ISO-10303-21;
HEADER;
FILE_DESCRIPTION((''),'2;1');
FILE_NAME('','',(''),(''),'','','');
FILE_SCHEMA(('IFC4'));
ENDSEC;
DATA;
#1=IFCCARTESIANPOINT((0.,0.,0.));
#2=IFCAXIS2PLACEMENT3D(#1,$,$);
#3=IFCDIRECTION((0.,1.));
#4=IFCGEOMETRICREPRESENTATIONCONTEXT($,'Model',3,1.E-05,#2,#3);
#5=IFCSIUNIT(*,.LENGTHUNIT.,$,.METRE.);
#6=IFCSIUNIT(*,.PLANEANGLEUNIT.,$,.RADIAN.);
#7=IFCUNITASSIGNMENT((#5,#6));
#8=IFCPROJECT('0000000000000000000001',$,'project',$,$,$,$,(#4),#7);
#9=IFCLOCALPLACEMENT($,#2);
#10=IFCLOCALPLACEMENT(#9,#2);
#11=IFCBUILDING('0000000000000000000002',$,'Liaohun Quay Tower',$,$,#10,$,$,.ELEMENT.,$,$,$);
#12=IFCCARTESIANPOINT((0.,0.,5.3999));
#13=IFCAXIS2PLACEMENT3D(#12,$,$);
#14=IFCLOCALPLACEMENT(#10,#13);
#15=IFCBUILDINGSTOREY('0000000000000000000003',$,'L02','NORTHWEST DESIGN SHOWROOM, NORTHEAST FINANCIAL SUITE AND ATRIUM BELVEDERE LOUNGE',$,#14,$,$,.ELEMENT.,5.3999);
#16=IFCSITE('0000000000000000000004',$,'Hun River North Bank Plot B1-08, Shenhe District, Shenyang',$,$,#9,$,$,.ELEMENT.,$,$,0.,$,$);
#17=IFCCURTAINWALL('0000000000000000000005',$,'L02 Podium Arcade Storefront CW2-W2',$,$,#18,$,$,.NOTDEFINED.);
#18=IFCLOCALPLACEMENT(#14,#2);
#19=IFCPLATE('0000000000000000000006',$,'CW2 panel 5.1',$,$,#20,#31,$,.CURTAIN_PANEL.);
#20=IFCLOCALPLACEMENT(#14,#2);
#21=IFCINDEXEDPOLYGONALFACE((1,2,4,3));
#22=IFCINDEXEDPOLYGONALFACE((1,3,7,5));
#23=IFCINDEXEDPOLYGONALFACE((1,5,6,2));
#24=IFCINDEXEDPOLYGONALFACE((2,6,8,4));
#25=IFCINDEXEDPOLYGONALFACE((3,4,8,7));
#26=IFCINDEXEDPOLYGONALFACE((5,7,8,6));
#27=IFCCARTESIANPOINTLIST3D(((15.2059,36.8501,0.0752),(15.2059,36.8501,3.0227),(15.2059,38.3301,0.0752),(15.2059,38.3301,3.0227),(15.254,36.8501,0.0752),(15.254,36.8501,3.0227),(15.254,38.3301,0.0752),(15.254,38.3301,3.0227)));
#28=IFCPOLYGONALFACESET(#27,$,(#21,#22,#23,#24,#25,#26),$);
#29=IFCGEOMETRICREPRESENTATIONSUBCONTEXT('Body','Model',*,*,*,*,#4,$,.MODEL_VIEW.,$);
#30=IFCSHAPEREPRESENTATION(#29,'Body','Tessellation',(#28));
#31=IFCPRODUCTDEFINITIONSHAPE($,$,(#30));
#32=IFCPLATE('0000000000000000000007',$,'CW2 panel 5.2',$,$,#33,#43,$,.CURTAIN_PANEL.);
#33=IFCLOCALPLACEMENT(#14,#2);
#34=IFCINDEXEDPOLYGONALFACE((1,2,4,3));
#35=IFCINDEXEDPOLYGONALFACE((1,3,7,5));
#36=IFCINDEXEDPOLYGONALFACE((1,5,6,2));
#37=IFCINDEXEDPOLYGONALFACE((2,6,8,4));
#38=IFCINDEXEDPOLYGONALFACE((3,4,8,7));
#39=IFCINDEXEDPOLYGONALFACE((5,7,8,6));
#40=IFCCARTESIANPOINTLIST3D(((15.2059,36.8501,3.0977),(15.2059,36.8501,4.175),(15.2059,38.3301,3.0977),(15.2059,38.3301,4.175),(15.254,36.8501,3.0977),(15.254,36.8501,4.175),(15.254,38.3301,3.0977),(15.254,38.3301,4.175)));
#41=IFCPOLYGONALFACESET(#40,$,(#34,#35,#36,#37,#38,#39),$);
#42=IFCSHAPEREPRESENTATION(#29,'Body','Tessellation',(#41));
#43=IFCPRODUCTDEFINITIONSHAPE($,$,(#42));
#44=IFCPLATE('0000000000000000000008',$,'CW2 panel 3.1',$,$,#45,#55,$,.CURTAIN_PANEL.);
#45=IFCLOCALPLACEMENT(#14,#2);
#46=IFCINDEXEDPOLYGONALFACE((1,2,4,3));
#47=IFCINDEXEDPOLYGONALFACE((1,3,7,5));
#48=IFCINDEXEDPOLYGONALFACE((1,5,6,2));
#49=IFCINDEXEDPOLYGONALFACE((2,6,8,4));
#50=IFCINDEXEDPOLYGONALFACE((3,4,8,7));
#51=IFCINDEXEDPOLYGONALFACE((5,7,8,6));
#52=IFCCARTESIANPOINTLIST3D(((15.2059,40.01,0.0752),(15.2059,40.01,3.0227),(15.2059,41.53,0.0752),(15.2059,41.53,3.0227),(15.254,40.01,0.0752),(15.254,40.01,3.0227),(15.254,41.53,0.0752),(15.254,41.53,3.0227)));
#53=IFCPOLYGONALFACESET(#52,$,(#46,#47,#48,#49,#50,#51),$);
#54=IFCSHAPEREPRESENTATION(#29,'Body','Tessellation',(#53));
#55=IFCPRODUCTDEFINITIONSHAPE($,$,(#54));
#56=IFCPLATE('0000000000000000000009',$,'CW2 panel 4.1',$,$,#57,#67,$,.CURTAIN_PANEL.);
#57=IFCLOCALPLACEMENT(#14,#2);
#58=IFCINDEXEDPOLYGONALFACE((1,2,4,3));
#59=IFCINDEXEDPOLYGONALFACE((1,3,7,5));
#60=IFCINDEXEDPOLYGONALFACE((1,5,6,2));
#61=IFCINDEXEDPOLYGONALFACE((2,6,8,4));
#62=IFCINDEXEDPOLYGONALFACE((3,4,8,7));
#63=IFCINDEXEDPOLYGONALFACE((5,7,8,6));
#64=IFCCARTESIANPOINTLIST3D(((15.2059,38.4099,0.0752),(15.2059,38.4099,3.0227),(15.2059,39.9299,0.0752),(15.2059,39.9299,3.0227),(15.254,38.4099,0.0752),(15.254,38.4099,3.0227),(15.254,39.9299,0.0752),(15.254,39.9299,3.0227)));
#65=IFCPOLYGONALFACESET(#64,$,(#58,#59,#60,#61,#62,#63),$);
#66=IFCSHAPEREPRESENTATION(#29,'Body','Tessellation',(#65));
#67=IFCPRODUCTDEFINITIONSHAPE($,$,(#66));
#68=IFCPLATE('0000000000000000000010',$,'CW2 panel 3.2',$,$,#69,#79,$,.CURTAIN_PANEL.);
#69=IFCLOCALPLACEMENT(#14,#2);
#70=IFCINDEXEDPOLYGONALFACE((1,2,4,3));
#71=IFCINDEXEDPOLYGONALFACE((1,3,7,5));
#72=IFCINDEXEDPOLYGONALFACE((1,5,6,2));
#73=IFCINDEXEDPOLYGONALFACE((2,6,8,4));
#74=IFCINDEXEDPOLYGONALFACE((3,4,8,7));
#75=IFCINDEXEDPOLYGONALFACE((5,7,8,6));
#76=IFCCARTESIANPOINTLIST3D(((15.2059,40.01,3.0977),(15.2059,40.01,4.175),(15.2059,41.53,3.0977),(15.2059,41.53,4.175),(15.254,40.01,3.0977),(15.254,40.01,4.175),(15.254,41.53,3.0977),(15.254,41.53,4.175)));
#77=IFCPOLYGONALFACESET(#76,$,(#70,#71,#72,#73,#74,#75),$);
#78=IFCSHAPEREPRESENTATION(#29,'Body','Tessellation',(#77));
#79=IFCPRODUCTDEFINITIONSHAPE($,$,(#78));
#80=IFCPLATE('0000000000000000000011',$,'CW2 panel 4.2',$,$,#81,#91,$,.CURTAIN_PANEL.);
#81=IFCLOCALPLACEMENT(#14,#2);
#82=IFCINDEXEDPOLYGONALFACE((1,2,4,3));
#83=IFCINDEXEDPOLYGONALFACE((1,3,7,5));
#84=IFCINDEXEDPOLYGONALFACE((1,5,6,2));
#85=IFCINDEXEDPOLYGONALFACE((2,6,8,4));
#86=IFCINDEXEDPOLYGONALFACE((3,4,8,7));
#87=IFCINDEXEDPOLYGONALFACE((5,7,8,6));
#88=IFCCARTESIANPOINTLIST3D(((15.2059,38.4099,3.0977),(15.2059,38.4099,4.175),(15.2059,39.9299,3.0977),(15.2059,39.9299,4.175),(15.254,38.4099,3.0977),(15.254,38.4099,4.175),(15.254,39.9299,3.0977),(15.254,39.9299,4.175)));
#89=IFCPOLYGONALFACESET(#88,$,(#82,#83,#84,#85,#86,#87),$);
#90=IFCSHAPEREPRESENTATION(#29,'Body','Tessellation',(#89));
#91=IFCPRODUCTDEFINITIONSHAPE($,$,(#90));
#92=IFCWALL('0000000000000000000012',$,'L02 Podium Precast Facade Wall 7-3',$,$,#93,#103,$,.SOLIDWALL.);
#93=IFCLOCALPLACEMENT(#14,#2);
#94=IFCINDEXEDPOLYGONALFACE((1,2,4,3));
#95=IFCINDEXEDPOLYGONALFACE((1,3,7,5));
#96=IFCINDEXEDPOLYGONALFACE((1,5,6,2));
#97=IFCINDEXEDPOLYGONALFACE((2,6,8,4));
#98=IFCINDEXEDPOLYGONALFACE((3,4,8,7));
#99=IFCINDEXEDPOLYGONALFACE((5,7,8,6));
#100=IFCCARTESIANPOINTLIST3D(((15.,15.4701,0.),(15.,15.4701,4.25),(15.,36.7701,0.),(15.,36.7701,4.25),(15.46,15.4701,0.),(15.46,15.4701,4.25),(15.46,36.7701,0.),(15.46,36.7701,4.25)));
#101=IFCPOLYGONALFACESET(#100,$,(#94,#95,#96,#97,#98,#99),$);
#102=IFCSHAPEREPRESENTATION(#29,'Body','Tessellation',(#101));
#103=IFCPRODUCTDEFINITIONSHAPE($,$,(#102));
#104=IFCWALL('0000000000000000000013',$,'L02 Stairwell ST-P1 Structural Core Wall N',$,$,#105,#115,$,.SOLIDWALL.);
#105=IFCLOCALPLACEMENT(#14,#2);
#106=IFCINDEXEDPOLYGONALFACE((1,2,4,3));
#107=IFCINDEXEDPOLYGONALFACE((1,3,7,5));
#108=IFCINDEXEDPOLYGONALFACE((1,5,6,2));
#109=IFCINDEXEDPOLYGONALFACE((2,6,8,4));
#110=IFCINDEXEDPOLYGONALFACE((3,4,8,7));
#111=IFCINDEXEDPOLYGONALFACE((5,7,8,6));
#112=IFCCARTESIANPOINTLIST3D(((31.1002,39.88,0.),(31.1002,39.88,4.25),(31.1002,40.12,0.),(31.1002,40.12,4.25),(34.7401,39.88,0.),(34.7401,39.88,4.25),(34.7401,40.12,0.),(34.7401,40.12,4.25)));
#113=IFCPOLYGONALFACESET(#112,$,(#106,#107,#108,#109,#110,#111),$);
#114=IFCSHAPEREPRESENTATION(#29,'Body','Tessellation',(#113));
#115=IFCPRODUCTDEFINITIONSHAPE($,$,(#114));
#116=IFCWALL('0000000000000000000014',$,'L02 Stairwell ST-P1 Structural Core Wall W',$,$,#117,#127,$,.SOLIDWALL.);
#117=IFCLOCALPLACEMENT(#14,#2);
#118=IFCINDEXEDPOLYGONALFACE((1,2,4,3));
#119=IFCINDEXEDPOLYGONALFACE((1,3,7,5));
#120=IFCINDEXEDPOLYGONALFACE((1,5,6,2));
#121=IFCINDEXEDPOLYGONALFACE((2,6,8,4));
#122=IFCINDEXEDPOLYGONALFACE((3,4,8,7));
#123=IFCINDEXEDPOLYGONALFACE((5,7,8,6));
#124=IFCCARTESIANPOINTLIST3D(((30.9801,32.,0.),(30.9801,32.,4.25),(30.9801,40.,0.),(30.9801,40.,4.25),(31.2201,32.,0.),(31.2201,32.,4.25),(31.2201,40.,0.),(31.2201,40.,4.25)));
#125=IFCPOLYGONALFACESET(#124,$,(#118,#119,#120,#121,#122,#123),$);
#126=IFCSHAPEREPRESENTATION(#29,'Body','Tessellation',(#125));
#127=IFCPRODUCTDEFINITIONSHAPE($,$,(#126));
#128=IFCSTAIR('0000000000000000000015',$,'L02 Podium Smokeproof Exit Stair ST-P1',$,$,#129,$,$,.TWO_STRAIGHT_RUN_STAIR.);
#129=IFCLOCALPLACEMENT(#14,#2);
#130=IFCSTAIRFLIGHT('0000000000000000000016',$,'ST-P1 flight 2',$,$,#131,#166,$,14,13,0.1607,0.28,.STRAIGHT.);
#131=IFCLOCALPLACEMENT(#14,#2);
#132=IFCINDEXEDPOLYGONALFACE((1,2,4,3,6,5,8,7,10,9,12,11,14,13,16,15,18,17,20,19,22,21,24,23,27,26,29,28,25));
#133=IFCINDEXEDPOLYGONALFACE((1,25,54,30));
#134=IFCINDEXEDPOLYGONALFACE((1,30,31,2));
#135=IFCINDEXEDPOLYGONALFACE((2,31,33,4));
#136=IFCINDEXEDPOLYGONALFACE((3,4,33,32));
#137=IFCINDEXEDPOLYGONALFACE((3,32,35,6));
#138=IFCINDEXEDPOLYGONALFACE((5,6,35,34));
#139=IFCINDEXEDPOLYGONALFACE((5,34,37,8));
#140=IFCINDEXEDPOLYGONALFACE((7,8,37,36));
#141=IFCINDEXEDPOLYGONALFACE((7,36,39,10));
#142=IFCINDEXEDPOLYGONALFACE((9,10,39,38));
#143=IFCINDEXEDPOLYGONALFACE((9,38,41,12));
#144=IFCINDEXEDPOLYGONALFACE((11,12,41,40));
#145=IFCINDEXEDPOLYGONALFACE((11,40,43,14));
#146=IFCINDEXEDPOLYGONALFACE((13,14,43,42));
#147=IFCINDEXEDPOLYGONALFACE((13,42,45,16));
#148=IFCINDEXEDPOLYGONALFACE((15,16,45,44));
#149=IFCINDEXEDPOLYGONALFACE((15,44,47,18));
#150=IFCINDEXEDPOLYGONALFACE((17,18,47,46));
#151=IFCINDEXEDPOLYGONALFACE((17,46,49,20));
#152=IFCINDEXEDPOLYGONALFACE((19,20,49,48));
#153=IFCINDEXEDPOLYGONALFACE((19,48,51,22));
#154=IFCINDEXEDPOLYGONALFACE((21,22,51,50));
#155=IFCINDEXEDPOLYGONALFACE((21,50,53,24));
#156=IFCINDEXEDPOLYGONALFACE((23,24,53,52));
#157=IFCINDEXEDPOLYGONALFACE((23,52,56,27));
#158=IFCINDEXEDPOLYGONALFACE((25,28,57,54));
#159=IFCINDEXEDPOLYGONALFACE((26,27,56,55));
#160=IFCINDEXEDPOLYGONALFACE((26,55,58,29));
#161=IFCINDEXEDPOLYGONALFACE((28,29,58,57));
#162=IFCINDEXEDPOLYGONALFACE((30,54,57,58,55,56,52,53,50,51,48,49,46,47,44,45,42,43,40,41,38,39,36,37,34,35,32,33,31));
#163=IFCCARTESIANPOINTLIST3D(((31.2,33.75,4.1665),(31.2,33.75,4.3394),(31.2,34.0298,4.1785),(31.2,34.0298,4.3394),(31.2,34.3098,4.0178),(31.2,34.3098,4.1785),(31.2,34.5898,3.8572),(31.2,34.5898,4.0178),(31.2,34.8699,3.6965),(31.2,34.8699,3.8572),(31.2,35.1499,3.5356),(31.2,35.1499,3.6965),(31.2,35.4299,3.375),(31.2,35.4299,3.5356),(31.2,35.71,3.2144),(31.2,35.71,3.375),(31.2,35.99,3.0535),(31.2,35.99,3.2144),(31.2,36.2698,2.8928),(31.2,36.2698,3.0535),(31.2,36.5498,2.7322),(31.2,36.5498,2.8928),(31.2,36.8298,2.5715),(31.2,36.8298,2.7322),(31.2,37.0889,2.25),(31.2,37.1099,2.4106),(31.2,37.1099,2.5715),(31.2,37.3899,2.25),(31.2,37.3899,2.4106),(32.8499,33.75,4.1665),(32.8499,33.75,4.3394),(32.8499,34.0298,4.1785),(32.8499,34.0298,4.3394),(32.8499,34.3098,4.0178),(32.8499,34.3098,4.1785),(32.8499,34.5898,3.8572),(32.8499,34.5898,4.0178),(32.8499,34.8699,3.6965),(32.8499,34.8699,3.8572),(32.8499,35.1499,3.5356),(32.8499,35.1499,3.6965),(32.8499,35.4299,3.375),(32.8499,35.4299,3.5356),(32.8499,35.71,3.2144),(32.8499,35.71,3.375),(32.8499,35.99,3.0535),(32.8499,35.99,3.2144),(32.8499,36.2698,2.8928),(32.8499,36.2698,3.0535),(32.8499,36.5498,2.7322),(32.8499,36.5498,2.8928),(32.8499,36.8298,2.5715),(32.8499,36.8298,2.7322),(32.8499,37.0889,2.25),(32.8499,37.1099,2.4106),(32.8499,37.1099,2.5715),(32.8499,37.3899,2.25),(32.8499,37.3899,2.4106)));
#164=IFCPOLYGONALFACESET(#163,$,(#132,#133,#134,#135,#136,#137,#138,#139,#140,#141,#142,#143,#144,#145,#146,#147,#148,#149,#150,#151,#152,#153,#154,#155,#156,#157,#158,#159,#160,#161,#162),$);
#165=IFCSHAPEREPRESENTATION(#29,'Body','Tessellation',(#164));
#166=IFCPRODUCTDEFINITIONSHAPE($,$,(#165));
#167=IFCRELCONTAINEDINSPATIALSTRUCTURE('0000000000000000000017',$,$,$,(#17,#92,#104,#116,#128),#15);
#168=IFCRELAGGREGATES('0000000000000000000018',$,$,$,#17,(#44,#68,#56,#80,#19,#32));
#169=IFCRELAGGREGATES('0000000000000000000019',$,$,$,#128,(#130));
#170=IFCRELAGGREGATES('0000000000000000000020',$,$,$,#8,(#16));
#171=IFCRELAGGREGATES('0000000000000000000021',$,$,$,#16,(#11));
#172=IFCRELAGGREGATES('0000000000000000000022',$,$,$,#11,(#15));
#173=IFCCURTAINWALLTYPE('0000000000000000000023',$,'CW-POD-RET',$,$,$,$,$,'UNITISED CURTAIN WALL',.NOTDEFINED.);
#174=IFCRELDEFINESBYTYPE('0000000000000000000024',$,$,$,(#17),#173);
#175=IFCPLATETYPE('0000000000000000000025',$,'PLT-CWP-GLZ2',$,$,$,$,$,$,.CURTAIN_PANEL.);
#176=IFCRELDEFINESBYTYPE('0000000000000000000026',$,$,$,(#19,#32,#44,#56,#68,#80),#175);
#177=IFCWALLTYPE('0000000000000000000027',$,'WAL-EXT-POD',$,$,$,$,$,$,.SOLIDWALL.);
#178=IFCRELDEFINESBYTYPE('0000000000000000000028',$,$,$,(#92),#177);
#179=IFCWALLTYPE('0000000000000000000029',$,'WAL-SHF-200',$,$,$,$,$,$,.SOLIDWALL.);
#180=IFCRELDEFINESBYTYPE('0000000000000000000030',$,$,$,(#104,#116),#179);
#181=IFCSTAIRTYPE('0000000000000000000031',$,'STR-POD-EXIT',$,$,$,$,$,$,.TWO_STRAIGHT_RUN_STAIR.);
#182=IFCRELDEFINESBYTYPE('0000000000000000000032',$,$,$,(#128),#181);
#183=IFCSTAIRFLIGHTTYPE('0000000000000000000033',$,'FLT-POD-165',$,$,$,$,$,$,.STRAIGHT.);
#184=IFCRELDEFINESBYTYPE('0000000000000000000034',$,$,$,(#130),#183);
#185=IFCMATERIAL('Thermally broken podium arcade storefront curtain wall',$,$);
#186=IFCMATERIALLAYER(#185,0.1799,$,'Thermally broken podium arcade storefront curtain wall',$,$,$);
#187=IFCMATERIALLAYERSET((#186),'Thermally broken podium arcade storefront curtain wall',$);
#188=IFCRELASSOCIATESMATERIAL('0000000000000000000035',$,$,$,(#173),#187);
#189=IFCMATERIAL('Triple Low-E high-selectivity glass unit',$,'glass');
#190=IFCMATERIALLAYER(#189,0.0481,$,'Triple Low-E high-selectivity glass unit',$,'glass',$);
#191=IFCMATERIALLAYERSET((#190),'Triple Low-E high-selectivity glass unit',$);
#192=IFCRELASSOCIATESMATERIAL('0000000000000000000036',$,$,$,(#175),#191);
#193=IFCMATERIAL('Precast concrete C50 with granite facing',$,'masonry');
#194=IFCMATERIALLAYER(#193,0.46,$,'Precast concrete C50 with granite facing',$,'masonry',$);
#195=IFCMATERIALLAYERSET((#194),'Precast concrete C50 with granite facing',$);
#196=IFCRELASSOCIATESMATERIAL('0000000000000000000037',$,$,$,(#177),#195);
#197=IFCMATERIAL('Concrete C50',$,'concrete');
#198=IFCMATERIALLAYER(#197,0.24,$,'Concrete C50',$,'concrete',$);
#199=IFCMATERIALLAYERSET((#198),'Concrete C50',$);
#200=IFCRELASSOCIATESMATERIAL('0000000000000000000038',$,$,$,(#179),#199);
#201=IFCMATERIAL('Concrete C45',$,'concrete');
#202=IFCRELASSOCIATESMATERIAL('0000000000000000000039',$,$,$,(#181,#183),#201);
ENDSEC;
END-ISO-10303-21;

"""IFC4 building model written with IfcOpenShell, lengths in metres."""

from ifc_helpers import new_model, si_unit, direction, frame, frame_2d, origin, origin_2d, place, context, subcontext, project, spatial, polyline, rectangle, outline, extrude, source, transform, mapped, material, layer, layer_set, type_object, element, aggregate, save


model = new_model("IFC4")

# Units and contexts
model_context = context("Model", 3, precision=1e-05, world=origin(), true_north=direction((0.0, 1.0)))
body_context = subcontext(model_context, "Body", "Model", "MODEL_VIEW")
ifc_project = project(units=[si_unit("LENGTHUNIT", "METRE"), si_unit("PLANEANGLEUNIT", "RADIAN")], contexts=[model_context])

# Site, building, storey
site_placement = place(None, origin())
site = spatial("IfcSite", under=ifc_project, at=site_placement, Name="Hun River North Bank Plot B1-08, Shenhe District, Shenyang", CompositionType="ELEMENT", RefElevation=0.0)
building_placement = place(site_placement, origin())
building = spatial("IfcBuilding", under=site, at=building_placement, Name="Liaohun Quay Tower", CompositionType="ELEMENT")
storey_placement = place(building_placement, frame((0.0, 0.0, 5.3999)))
storey = spatial("IfcBuildingStorey", under=building, at=storey_placement, Name="L02", Description="NORTHWEST DESIGN SHOWROOM, NORTHEAST FINANCIAL SUITE AND ATRIUM BELVEDERE LOUNGE", CompositionType="ELEMENT", Elevation=5.3999)

# Curtain wall, plates
ifc_material_1 = material(Name="Thermally broken podium arcade storefront curtain wall")
ifc_layer_1 = layer(ifc_material_1, 0.1799, Name="Thermally broken podium arcade storefront curtain wall")
ifc_layer_set_1 = layer_set([ifc_layer_1], Name="Thermally broken podium arcade storefront curtain wall")
curtain_wall_type = type_object("IfcCurtainWallType", Name="CW-POD-RET", ElementType="UNITISED CURTAIN WALL", PredefinedType="NOTDEFINED", material=ifc_layer_set_1)
curtain_wall_placement = place(storey_placement, origin())
curtain_wall = element("IfcCurtainWall", 1, at=curtain_wall_placement, inside=storey, type_object=curtain_wall_type, Name="L02 Podium Arcade Storefront CW2-W2", PredefinedType="NOTDEFINED")
ifc_material_2 = material(Name="Triple Low-E high-selectivity glass unit", Category="glass")
ifc_layer_2 = layer(ifc_material_2, 0.0481, Name="Triple Low-E high-selectivity glass unit", Category="glass")
ifc_layer_set_2 = layer_set([ifc_layer_2], Name="Triple Low-E high-selectivity glass unit")
plate_type = type_object("IfcPlateType", Name="PLT-CWP-GLZ2", PredefinedType="CURTAIN_PANEL", material=ifc_layer_set_2)
shared_shape_1 = source(origin(), body_context, "Body", "SweptSolid", [
    extrude(rectangle(XDim=1.48, YDim=0.0481, at=origin_2d()), origin(), (0.0, 0.0, 1.0), 2.9475),
])
plate_1_placement = place(storey_placement, frame((15.23, 37.5901, 0.0752), z_axis=(0.0, 0.0, 1.0), x_axis=(0.0, -1.0, 0.0)))
plate_1 = element("IfcPlate", 2, at=plate_1_placement, type_object=plate_type, Name="CW2 panel 5.1", PredefinedType="CURTAIN_PANEL", context=body_context, shape_type="MappedRepresentation", body=[
    mapped(shared_shape_1, transform((0.0, 0.0, 0.0), x_axis=(1.0, 0.0, 0.0), y_axis=(0.0, 1.0, 0.0), z_axis=(0.0, 0.0, 1.0), scale=1.0)),
])
shared_shape_2 = source(origin(), body_context, "Body", "SweptSolid", [
    extrude(rectangle(XDim=1.48, YDim=0.0481, at=origin_2d()), origin(), (0.0, 0.0, 1.0), 1.0774),
])
plate_2_placement = place(storey_placement, frame((15.23, 37.5901, 3.0977), z_axis=(0.0, 0.0, 1.0), x_axis=(0.0, -1.0, 0.0)))
plate_2 = element("IfcPlate", 3, at=plate_2_placement, type_object=plate_type, Name="CW2 panel 5.2", PredefinedType="CURTAIN_PANEL", context=body_context, shape_type="MappedRepresentation", body=[
    mapped(shared_shape_2, transform((0.0, 0.0, 0.0), x_axis=(1.0, 0.0, 0.0), y_axis=(0.0, 1.0, 0.0), z_axis=(0.0, 0.0, 1.0), scale=1.0)),
])
shared_shape_3 = source(origin(), body_context, "Body", "SweptSolid", [
    extrude(rectangle(XDim=1.52, YDim=0.0481, at=origin_2d()), origin(), (0.0, 0.0, 1.0), 2.9475),
])
plate_3_placement = place(storey_placement, frame((15.23, 40.77, 0.0752), z_axis=(0.0, 0.0, 1.0), x_axis=(0.0, -1.0, 0.0)))
plate_3 = element("IfcPlate", 4, at=plate_3_placement, type_object=plate_type, Name="CW2 panel 3.1", PredefinedType="CURTAIN_PANEL", context=body_context, shape_type="MappedRepresentation", body=[
    mapped(shared_shape_3, transform((0.0, 0.0, 0.0), x_axis=(1.0, 0.0, 0.0), y_axis=(0.0, 1.0, 0.0), z_axis=(0.0, 0.0, 1.0), scale=1.0)),
])
plate_4_placement = place(storey_placement, frame((15.23, 39.1699, 0.0752), z_axis=(0.0, 0.0, 1.0), x_axis=(0.0, -1.0, 0.0)))
plate_4 = element("IfcPlate", 5, at=plate_4_placement, type_object=plate_type, Name="CW2 panel 4.1", PredefinedType="CURTAIN_PANEL", context=body_context, shape_type="MappedRepresentation", body=[
    mapped(shared_shape_3, transform((0.0, 0.0, 0.0), x_axis=(1.0, 0.0, 0.0), y_axis=(0.0, 1.0, 0.0), z_axis=(0.0, 0.0, 1.0), scale=1.0)),
])
shared_shape_4 = source(origin(), body_context, "Body", "SweptSolid", [
    extrude(rectangle(XDim=1.52, YDim=0.0481, at=origin_2d()), origin(), (0.0, 0.0, 1.0), 1.0774),
])
plate_5_placement = place(storey_placement, frame((15.23, 40.77, 3.0977), z_axis=(0.0, 0.0, 1.0), x_axis=(0.0, -1.0, 0.0)))
plate_5 = element("IfcPlate", 6, at=plate_5_placement, type_object=plate_type, Name="CW2 panel 3.2", PredefinedType="CURTAIN_PANEL", context=body_context, shape_type="MappedRepresentation", body=[
    mapped(shared_shape_4, transform((0.0, 0.0, 0.0), x_axis=(1.0, 0.0, 0.0), y_axis=(0.0, 1.0, 0.0), z_axis=(0.0, 0.0, 1.0), scale=1.0)),
])
plate_6_placement = place(storey_placement, frame((15.23, 39.1699, 3.0977), z_axis=(0.0, 0.0, 1.0), x_axis=(0.0, -1.0, 0.0)))
plate_6 = element("IfcPlate", 7, at=plate_6_placement, type_object=plate_type, Name="CW2 panel 4.2", PredefinedType="CURTAIN_PANEL", context=body_context, shape_type="MappedRepresentation", body=[
    mapped(shared_shape_4, transform((0.0, 0.0, 0.0), x_axis=(1.0, 0.0, 0.0), y_axis=(0.0, 1.0, 0.0), z_axis=(0.0, 0.0, 1.0), scale=1.0)),
])
aggregate(curtain_wall, [plate_3, plate_5, plate_4, plate_6, plate_1, plate_2])

# Walls
ifc_material_3 = material(Name="Precast concrete C50 with granite facing", Category="masonry")
ifc_layer_3 = layer(ifc_material_3, 0.46, Name="Precast concrete C50 with granite facing", Category="masonry")
ifc_layer_set_3 = layer_set([ifc_layer_3], Name="Precast concrete C50 with granite facing")
wall_type_1 = type_object("IfcWallType", Name="WAL-EXT-POD", PredefinedType="SOLIDWALL", material=ifc_layer_set_3)
wall_1_placement = place(storey_placement, frame((15.23, 36.77, 0.0), z_axis=(0.0, 0.0, 1.0), x_axis=(0.0, -1.0, 0.0)))
element("IfcWall", 8, at=wall_1_placement, inside=storey, type_object=wall_type_1, Name="L02 Podium Precast Facade Wall 7-3", PredefinedType="SOLIDWALL", context=body_context, shape_type="SweptSolid", body=[
    extrude(rectangle(XDim=21.3, YDim=0.46, at=frame_2d((10.6499, 0.0))), origin(), (0.0, 0.0, 1.0), 4.25),
])
ifc_material_4 = material(Name="Concrete C50", Category="concrete")
ifc_layer_4 = layer(ifc_material_4, 0.24, Name="Concrete C50", Category="concrete")
ifc_layer_set_4 = layer_set([ifc_layer_4], Name="Concrete C50")
wall_type_2 = type_object("IfcWallType", Name="WAL-SHF-200", PredefinedType="SOLIDWALL", material=ifc_layer_set_4)
wall_2_placement = place(storey_placement, frame((34.74, 40.0, 0.0), z_axis=(0.0, 0.0, 1.0), x_axis=(-1.0, 0.0, 0.0)))
element("IfcWall", 9, at=wall_2_placement, inside=storey, type_object=wall_type_2, Name="L02 Stairwell ST-P1 Structural Core Wall N", PredefinedType="SOLIDWALL", context=body_context, shape_type="SweptSolid", body=[
    extrude(rectangle(XDim=3.6399, YDim=0.24, at=frame_2d((1.8198, 0.0))), origin(), (0.0, 0.0, 1.0), 4.25),
])
wall_3_placement = place(storey_placement, frame((31.1001, 40.0, 0.0), z_axis=(0.0, 0.0, 1.0), x_axis=(0.0, -1.0, 0.0)))
element("IfcWall", 10, at=wall_3_placement, inside=storey, type_object=wall_type_2, Name="L02 Stairwell ST-P1 Structural Core Wall W", PredefinedType="SOLIDWALL", context=body_context, shape_type="SweptSolid", body=[
    extrude(rectangle(XDim=8.0, YDim=0.24, at=frame_2d((4.0, 0.0))), origin(), (0.0, 0.0, 1.0), 4.25),
])

# Stair, stair flight
ifc_material_5 = material(Name="Concrete C45", Category="concrete")
stair_type = type_object("IfcStairType", Name="STR-POD-EXIT", PredefinedType="TWO_STRAIGHT_RUN_STAIR", material=ifc_material_5)
stair_placement = place(storey_placement, origin())
stair = element("IfcStair", 11, at=stair_placement, inside=storey, type_object=stair_type, Name="L02 Podium Smokeproof Exit Stair ST-P1", PredefinedType="TWO_STRAIGHT_RUN_STAIR")
stair_flight_type = type_object("IfcStairFlightType", Name="FLT-POD-165", PredefinedType="STRAIGHT", material=ifc_material_5)
stair_flight_placement = place(storey_placement, frame((32.0249, 37.3899, 2.25), z_axis=(0.0, 0.0, 1.0), x_axis=(0.0, -1.0, 0.0)))
stair_flight = element("IfcStairFlight", 12, at=stair_flight_placement, type_object=stair_flight_type, Name="ST-P1 flight 2", NumberOfRisers=14, NumberOfTreads=13, PredefinedType="STRAIGHT", RiserHeight=0.1607, TreadLength=0.28, context=body_context, shape_type="SweptSolid", body=[
    extrude(outline(polyline([(0.0, 0.0), (0.0, 0.1606), (0.28, 0.1606), (0.28, 0.3215), (0.5601, 0.3215), (0.5601, 0.4822), (0.8401, 0.4822), (0.8401, 0.6428), (1.1201, 0.6428), (1.1201, 0.8035), (1.3999, 0.8035), (1.3999, 0.9644), (1.6799, 0.9644), (1.6799, 1.125), (1.96, 1.125), (1.96, 1.2856), (2.24, 1.2856), (2.24, 1.4465), (2.52, 1.4465), (2.52, 1.6072), (2.8, 1.6072), (2.8, 1.7678), (3.0801, 1.7678), (3.0801, 1.9285), (3.3601, 1.9285), (3.3601, 2.0894), (3.6399, 2.0894), (3.6399, 2.25), (3.6399, 1.9165), (0.301, 0.0), (0.0, 0.0)])), frame((0.0, 0.825, 0.0), z_axis=(0.0, -1.0, 0.0), x_axis=(1.0, 0.0, 0.0)), (0.0, 0.0, 1.0), 1.6499),
])
aggregate(stair, [stair_flight])

save(model, "model.ifc")
